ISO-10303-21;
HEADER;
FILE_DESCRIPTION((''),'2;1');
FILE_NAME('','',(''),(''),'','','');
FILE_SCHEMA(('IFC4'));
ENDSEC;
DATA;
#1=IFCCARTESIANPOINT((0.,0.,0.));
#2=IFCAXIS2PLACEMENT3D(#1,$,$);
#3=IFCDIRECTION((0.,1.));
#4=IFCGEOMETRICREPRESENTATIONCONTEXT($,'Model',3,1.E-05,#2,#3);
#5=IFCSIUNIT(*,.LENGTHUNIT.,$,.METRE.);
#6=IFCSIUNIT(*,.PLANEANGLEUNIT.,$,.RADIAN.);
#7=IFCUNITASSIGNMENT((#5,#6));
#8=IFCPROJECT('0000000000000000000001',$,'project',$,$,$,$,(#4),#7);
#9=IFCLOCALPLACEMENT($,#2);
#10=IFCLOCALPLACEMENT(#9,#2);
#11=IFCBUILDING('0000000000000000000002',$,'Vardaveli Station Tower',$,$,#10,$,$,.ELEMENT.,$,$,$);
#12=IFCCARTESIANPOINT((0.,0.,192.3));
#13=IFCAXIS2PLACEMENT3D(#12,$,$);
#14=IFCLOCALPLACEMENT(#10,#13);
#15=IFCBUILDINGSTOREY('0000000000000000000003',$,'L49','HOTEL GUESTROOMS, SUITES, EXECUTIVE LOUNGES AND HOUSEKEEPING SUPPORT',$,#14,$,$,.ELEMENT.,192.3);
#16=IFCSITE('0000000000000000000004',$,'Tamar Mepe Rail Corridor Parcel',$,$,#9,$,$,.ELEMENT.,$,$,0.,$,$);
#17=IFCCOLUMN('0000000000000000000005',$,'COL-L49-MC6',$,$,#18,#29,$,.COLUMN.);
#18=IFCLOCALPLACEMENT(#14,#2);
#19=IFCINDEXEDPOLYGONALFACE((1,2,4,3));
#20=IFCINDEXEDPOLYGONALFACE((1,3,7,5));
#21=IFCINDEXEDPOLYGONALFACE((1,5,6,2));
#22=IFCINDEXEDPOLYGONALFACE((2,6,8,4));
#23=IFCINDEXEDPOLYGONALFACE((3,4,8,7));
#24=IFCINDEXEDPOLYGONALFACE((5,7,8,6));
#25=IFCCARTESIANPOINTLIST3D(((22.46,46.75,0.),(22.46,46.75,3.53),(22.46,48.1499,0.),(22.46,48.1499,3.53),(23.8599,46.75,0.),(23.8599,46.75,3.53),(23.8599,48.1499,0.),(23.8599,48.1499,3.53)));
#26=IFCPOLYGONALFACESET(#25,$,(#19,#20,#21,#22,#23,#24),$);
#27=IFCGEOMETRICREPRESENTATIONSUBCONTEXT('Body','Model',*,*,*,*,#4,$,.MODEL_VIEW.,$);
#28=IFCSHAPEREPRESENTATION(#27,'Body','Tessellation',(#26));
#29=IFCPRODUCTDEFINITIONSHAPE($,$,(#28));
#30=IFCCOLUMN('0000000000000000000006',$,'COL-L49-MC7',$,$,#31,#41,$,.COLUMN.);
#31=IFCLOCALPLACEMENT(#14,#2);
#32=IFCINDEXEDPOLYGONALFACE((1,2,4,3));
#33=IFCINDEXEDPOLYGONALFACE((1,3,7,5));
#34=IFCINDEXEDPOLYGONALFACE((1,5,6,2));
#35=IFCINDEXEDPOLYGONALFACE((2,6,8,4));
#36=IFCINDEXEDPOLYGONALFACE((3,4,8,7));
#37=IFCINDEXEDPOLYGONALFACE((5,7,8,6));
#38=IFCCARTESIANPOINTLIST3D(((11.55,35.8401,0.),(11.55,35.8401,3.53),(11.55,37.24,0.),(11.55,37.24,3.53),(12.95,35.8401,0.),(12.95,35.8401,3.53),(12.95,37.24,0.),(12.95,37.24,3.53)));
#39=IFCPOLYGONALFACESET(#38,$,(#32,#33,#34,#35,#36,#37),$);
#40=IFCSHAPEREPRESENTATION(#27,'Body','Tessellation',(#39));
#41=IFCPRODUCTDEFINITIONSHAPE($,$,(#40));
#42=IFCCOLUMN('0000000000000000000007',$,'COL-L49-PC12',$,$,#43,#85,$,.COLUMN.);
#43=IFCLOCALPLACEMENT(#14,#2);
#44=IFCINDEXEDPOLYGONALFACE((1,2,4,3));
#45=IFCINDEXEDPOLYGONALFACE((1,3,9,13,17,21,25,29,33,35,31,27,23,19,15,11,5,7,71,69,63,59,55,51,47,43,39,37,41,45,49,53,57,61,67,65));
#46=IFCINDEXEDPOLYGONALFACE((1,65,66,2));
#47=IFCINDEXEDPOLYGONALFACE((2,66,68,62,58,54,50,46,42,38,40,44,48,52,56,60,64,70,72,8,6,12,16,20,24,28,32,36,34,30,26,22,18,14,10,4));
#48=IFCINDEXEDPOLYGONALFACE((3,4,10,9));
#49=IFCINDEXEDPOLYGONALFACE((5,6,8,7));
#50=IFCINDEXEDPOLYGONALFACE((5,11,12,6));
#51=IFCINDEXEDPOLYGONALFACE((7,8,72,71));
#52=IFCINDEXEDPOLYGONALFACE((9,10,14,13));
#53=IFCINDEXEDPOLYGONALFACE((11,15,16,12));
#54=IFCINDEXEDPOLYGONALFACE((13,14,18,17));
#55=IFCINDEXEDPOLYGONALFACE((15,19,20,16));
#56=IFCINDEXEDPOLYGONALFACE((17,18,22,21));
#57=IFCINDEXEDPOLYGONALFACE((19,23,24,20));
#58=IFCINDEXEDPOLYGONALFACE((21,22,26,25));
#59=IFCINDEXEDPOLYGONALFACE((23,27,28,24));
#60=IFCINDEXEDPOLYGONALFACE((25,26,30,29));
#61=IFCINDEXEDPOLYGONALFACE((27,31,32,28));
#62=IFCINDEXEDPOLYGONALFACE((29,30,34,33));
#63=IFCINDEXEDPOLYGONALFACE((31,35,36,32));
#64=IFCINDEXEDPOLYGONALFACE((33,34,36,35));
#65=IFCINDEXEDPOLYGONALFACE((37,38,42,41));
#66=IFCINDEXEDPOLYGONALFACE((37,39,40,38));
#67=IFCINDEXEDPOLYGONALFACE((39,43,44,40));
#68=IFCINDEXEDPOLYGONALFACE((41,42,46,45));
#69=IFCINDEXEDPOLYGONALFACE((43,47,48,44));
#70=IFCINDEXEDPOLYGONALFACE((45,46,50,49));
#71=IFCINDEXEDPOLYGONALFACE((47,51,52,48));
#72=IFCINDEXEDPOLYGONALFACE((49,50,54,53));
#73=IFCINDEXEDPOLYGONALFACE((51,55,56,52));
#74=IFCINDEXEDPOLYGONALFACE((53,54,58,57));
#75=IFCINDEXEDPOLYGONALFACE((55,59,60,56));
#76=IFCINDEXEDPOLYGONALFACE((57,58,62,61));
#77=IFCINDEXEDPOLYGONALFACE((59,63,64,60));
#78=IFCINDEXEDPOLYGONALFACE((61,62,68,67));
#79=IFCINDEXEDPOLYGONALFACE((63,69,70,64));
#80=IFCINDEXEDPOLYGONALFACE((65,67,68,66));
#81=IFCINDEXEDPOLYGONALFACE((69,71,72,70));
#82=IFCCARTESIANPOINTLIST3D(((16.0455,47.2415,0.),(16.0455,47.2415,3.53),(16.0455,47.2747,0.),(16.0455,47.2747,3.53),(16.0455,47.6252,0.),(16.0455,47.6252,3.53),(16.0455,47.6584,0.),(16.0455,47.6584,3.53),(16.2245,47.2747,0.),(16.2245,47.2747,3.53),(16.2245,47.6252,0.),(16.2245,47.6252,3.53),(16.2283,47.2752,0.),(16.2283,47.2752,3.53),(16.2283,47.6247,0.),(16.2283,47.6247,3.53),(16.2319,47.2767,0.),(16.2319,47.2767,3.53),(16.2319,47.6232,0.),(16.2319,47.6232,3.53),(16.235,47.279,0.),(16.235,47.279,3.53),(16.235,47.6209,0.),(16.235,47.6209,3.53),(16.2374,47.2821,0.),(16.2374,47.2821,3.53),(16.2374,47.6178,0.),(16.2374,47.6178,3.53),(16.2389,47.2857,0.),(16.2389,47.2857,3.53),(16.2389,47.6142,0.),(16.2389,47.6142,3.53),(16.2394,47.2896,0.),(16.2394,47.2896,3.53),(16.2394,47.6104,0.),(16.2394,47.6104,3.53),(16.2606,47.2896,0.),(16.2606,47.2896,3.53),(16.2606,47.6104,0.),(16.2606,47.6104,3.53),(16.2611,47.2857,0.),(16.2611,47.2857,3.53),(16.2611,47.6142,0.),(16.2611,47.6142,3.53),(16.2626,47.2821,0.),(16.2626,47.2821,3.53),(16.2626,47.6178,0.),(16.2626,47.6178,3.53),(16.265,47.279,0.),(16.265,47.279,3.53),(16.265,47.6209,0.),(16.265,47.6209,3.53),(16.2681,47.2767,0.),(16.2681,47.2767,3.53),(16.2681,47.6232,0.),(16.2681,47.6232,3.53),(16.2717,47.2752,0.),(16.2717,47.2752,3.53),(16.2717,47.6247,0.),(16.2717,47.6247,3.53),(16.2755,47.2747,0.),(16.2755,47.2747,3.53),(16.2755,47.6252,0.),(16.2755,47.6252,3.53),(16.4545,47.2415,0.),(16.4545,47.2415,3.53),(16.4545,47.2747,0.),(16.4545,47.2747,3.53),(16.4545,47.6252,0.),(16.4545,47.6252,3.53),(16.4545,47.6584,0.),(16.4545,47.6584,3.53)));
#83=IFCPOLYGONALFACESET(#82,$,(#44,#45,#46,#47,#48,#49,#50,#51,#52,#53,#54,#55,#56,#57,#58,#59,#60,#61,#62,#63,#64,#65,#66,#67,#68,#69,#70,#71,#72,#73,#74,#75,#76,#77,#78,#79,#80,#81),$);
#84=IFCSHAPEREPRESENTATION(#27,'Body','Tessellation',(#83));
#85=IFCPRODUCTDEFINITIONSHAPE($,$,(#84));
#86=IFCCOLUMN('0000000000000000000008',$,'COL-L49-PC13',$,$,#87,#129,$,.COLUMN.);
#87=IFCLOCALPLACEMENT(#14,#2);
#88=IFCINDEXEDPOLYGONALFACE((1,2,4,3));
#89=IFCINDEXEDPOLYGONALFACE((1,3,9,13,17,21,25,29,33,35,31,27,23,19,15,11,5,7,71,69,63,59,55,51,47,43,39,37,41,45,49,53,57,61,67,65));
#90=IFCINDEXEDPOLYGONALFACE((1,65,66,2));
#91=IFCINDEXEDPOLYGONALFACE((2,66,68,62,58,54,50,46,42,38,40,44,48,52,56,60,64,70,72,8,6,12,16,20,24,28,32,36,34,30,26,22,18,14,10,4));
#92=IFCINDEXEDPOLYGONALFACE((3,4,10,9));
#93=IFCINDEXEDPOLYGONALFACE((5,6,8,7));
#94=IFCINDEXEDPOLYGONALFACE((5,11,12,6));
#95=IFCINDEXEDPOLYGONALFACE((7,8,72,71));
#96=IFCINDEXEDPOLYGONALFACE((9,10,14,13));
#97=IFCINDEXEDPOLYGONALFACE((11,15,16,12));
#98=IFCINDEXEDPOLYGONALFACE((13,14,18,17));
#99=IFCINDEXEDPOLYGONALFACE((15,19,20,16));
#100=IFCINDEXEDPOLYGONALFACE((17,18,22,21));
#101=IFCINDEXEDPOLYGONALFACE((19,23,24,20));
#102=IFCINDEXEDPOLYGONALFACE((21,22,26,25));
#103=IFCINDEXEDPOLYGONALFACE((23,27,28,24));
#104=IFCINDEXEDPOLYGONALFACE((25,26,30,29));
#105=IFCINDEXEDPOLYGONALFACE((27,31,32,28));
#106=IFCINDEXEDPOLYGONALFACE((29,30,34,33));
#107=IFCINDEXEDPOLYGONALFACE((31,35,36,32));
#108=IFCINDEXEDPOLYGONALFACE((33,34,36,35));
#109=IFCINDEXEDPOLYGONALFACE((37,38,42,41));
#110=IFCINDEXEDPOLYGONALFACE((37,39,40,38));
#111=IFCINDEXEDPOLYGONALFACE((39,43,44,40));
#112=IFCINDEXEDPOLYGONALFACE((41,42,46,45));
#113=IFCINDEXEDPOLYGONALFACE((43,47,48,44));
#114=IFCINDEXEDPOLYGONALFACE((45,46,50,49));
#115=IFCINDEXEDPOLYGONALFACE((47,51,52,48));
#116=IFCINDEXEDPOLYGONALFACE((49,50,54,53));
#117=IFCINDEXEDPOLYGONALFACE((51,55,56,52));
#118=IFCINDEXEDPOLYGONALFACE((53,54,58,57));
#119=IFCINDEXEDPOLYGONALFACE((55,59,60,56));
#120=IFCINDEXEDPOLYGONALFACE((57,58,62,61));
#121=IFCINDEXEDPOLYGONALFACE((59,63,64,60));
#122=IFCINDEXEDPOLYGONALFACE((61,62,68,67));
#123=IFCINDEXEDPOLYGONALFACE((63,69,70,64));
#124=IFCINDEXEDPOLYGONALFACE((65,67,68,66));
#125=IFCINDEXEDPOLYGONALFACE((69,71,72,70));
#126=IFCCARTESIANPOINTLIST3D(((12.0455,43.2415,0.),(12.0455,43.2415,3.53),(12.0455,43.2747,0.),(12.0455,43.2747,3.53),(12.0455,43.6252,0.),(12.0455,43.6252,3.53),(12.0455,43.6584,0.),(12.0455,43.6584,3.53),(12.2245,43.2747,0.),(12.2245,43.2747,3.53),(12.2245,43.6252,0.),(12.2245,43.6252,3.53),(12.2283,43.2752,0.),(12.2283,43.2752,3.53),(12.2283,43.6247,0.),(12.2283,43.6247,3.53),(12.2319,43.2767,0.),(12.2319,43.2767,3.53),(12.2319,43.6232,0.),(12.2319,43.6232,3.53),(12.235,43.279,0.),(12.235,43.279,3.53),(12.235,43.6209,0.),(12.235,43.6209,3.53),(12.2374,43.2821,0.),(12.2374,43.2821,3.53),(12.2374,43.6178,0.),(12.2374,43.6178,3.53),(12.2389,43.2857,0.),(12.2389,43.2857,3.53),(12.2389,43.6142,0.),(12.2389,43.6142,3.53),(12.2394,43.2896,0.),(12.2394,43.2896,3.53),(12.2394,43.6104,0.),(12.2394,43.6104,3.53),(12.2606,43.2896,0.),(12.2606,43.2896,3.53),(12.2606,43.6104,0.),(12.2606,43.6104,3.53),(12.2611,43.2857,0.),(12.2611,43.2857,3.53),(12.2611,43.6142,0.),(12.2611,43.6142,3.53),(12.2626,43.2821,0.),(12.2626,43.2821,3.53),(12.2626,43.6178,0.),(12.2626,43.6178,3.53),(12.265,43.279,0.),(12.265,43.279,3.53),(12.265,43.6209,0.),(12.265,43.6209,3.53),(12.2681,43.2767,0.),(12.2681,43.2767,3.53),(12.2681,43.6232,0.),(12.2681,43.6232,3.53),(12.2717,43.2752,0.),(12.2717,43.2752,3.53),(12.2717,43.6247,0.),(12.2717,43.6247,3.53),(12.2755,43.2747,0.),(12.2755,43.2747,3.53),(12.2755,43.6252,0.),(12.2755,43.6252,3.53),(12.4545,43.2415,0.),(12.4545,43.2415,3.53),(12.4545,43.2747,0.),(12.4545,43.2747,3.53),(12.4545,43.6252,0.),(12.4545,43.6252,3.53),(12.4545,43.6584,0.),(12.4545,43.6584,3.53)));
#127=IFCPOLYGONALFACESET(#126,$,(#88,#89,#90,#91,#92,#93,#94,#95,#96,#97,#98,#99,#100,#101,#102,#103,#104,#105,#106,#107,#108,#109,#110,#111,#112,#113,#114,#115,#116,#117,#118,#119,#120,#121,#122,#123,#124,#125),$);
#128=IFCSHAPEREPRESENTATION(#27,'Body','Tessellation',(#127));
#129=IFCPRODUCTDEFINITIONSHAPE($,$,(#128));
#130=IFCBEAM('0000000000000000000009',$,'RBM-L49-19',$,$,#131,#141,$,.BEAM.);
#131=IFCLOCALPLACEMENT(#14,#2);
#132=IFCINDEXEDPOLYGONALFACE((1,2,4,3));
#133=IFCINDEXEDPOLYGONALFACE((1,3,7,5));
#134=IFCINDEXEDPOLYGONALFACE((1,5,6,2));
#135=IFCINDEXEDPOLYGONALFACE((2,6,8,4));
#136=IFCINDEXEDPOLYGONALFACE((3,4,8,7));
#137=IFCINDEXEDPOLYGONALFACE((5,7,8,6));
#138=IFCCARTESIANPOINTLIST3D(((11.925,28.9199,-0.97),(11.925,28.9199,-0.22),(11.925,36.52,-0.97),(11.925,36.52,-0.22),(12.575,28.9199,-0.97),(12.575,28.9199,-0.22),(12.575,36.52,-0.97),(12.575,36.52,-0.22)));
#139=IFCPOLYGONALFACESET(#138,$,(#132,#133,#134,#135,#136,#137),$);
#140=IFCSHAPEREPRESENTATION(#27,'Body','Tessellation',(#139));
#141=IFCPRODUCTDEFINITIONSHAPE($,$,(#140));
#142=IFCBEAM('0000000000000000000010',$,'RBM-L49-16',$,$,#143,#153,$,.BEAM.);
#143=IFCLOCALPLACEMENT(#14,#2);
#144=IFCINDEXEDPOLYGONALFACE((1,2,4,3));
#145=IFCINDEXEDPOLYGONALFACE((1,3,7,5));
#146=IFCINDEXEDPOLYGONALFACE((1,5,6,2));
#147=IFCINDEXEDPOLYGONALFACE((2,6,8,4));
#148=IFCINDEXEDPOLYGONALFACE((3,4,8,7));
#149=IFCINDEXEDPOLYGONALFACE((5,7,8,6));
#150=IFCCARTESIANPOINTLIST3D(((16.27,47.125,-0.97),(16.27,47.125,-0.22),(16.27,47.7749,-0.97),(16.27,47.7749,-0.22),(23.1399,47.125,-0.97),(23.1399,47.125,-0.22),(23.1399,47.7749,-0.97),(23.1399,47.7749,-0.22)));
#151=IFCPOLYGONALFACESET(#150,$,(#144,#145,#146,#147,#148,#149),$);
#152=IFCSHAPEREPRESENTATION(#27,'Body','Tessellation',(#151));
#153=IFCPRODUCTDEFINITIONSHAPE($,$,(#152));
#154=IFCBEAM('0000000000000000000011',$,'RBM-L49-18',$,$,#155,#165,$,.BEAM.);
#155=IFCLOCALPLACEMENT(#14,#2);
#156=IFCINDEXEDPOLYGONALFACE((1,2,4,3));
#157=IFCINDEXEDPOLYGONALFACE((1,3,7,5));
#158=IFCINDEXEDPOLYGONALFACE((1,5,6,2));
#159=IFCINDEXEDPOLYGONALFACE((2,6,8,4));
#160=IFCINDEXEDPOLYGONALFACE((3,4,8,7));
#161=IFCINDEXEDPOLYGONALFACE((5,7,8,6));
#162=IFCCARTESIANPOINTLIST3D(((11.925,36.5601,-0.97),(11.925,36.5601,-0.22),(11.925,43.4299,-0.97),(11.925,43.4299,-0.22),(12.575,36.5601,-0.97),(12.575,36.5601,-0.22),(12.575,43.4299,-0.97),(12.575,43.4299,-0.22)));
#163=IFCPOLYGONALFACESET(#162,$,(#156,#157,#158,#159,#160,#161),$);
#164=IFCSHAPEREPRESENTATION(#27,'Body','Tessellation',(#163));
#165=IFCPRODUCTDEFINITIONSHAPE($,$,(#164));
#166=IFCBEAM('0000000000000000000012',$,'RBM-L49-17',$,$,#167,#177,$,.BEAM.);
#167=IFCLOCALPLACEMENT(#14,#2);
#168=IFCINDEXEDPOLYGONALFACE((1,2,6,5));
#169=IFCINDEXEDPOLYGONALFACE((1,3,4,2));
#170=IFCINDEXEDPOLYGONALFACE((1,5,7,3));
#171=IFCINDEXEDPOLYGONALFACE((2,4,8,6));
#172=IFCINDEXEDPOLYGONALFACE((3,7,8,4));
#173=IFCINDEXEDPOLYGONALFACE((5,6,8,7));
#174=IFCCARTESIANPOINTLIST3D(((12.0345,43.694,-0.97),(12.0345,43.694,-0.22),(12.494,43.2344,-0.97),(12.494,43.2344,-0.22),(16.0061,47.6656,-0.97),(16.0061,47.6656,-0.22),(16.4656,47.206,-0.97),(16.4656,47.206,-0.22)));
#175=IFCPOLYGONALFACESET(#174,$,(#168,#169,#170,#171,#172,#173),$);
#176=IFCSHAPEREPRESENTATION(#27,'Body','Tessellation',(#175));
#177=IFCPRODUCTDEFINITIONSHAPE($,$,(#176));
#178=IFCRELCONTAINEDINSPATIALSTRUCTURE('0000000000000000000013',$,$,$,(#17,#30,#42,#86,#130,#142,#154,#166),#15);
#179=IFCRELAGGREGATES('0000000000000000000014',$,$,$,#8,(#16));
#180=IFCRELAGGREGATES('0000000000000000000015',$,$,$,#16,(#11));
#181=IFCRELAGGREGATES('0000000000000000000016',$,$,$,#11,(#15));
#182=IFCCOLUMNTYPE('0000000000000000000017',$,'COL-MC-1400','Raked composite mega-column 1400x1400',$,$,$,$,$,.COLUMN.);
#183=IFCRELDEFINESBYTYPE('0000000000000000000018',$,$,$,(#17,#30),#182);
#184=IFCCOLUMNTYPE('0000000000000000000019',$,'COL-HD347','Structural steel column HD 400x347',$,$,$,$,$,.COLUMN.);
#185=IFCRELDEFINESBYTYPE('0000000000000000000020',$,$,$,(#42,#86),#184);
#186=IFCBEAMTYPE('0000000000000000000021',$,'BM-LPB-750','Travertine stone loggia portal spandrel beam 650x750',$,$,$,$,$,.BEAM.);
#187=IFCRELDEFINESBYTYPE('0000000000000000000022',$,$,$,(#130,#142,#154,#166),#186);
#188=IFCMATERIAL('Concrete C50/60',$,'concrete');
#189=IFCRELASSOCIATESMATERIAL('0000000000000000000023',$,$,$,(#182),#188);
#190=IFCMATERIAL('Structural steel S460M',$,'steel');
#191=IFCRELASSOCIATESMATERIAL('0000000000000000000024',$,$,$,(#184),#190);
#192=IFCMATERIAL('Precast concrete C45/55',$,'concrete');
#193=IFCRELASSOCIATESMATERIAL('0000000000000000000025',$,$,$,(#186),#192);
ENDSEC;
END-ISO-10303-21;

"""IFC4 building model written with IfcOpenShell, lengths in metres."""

from ifc_helpers import new_model, si_unit, direction, frame, origin, origin_2d, place, context, subcontext, project, spatial, rectangle, i_section, extrude, source, transform, mapped, material, material_profile, profile_set, type_object, element, save


model = new_model("IFC4")

# Units and contexts
model_context = context("Model", 3, precision=1e-05, world=origin(), true_north=direction((0.0, 1.0)))
body_context = subcontext(model_context, "Body", "Model", "MODEL_VIEW")
ifc_project = project(units=[si_unit("LENGTHUNIT", "METRE"), si_unit("PLANEANGLEUNIT", "RADIAN")], contexts=[model_context])

# Site, building, storey
site_placement = place(None, origin())
site = spatial("IfcSite", under=ifc_project, at=site_placement, Name="Tamar Mepe Rail Corridor Parcel", CompositionType="ELEMENT", RefElevation=0.0)
building_placement = place(site_placement, origin())
building = spatial("IfcBuilding", under=site, at=building_placement, Name="Vardaveli Station Tower", CompositionType="ELEMENT")
storey_placement = place(building_placement, frame((0.0, 0.0, 192.3)))
storey = spatial("IfcBuildingStorey", under=building, at=storey_placement, Name="L49", Description="HOTEL GUESTROOMS, SUITES, EXECUTIVE LOUNGES AND HOUSEKEEPING SUPPORT", CompositionType="ELEMENT", Elevation=192.3)

# Columns
ifc_material_1 = material(Name="Concrete C50/60", Category="concrete")
ifc_material_profile_1 = material_profile(ifc_material_1, rectangle(XDim=1.3999, YDim=1.3999, at=origin_2d()), Name="MC 1400x1400")
ifc_profile_set_1 = profile_set([ifc_material_profile_1], Name="Concrete C50/60")
column_type_1 = type_object("IfcColumnType", Name="COL-MC-1400", Description="Raked composite mega-column 1400x1400", PredefinedType="COLUMN", material=ifc_profile_set_1)
shared_shape_1 = source(origin(), body_context, "Body", "SweptSolid", [
    extrude(rectangle(XDim=1.3999, YDim=1.3999, at=origin_2d()), origin(), (0.0, 0.0, 1.0), 3.53),
])
for number, where, z_axis, x_axis, name in (
    (1, (23.1599, 47.45, 0.0), (0.0, 0.0, 1.0), (1.0, 0.0, 0.0), "COL-L49-MC6"),
    (2, (12.25, 36.54, 0.0), (0.0, 0.0, 1.0), (1.0, 0.0, 0.0), "COL-L49-MC7"),
):
    element("IfcColumn", number, at=place(storey_placement, frame(where, z_axis=z_axis, x_axis=x_axis)), inside=storey, type_object=column_type_1, Name=name, PredefinedType="COLUMN", context=body_context, shape_type="MappedRepresentation", body=[
        mapped(shared_shape_1, transform((0.0, 0.0, 0.0), scale=1.0)),
    ])
ifc_material_2 = material(Name="Structural steel S460M", Category="steel")
ifc_material_profile_2 = material_profile(ifc_material_2, i_section(OverallWidth=0.4089, OverallDepth=0.417, WebThickness=0.0212, FlangeThickness=0.0332, FilletRadius=0.0149, at=origin_2d()), Name="HD 400x347")
ifc_profile_set_2 = profile_set([ifc_material_profile_2], Name="Structural steel S460M")
column_type_2 = type_object("IfcColumnType", Name="COL-HD347", Description="Structural steel column HD 400x347", PredefinedType="COLUMN", material=ifc_profile_set_2)
shared_shape_2 = source(origin(), body_context, "Body", "SweptSolid", [
    extrude(i_section(OverallWidth=0.4089, OverallDepth=0.417, WebThickness=0.0212, FlangeThickness=0.0332, FilletRadius=0.0149, at=origin_2d()), origin(), (0.0, 0.0, 1.0), 3.53),
])
for number, where, z_axis, x_axis, name in (
    (3, (16.25, 47.45, 0.0), (0.0, 0.0, 1.0), (1.0, 0.0, 0.0), "COL-L49-PC12"),
    (4, (12.25, 43.45, 0.0), (0.0, 0.0, 1.0), (1.0, 0.0, 0.0), "COL-L49-PC13"),
):
    element("IfcColumn", number, at=place(storey_placement, frame(where, z_axis=z_axis, x_axis=x_axis)), inside=storey, type_object=column_type_2, Name=name, PredefinedType="COLUMN", context=body_context, shape_type="MappedRepresentation", body=[
        mapped(shared_shape_2, transform((0.0, 0.0, 0.0), scale=1.0)),
    ])

# Beams
ifc_material_3 = material(Name="Precast concrete C45/55", Category="concrete")
ifc_material_profile_3 = material_profile(ifc_material_3, rectangle(XDim=0.6499, YDim=0.75, at=origin_2d()), Name="LPB 650x750")
ifc_profile_set_3 = profile_set([ifc_material_profile_3], Name="Precast concrete C45/55")
beam_type_1 = type_object("IfcBeamType", Name="BM-LPB-750", Description="Travertine stone loggia portal spandrel beam 650x750", PredefinedType="BEAM", material=ifc_profile_set_3)
shared_shape_3 = source(origin(), body_context, "Body", "SweptSolid", [
    extrude(rectangle(XDim=0.6499, YDim=0.75, at=origin_2d()), origin(), (0.0, 0.0, 1.0), 7.6001),
])
beam_1_placement = place(storey_placement, frame((12.25, 36.52, -0.595), z_axis=(0.0, -1.0, 0.0), x_axis=(1.0, 0.0, 0.0)))
element("IfcBeam", 5, at=beam_1_placement, inside=storey, type_object=beam_type_1, Name="RBM-L49-19", PredefinedType="BEAM", context=body_context, shape_type="MappedRepresentation", body=[
    mapped(shared_shape_3, transform((0.0, 0.0, 0.0), scale=1.0)),
])
shared_shape_4 = source(origin(), body_context, "Body", "SweptSolid", [
    extrude(rectangle(XDim=0.6499, YDim=0.75, at=origin_2d()), origin(), (0.0, 0.0, 1.0), 6.8699),
])
for number, where, z_axis, x_axis, name in (
    (6, (23.1399, 47.45, -0.595), (-1.0, 0.0, 0.0), (0.0, -1.0, 0.0), "RBM-L49-16"),
    (7, (12.25, 43.4299, -0.595), (0.0, -1.0, 0.0), (1.0, 0.0, 0.0), "RBM-L49-18"),
):
    element("IfcBeam", number, at=place(storey_placement, frame(where, z_axis=z_axis, x_axis=x_axis)), inside=storey, type_object=beam_type_1, Name=name, PredefinedType="BEAM", context=body_context, shape_type="MappedRepresentation", body=[
        mapped(shared_shape_4, transform((0.0, 0.0, 0.0), scale=1.0)),
    ])
shared_shape_5 = source(origin(), body_context, "Body", "SweptSolid", [
    extrude(rectangle(XDim=0.6499, YDim=0.75, at=origin_2d()), origin(), (0.0, 0.0, 1.0), 5.6167),
])
beam_2_placement = place(storey_placement, frame((16.2358, 47.4358, -0.595), z_axis=(-0.707107, -0.707107, 0.0), x_axis=(0.707107, -0.707107, 0.0)))
element("IfcBeam", 8, at=beam_2_placement, inside=storey, type_object=beam_type_1, Name="RBM-L49-17", PredefinedType="BEAM", context=body_context, shape_type="MappedRepresentation", body=[
    mapped(shared_shape_5, transform((0.0, 0.0, 0.0), scale=1.0)),
])

save(model, "model.ifc")
